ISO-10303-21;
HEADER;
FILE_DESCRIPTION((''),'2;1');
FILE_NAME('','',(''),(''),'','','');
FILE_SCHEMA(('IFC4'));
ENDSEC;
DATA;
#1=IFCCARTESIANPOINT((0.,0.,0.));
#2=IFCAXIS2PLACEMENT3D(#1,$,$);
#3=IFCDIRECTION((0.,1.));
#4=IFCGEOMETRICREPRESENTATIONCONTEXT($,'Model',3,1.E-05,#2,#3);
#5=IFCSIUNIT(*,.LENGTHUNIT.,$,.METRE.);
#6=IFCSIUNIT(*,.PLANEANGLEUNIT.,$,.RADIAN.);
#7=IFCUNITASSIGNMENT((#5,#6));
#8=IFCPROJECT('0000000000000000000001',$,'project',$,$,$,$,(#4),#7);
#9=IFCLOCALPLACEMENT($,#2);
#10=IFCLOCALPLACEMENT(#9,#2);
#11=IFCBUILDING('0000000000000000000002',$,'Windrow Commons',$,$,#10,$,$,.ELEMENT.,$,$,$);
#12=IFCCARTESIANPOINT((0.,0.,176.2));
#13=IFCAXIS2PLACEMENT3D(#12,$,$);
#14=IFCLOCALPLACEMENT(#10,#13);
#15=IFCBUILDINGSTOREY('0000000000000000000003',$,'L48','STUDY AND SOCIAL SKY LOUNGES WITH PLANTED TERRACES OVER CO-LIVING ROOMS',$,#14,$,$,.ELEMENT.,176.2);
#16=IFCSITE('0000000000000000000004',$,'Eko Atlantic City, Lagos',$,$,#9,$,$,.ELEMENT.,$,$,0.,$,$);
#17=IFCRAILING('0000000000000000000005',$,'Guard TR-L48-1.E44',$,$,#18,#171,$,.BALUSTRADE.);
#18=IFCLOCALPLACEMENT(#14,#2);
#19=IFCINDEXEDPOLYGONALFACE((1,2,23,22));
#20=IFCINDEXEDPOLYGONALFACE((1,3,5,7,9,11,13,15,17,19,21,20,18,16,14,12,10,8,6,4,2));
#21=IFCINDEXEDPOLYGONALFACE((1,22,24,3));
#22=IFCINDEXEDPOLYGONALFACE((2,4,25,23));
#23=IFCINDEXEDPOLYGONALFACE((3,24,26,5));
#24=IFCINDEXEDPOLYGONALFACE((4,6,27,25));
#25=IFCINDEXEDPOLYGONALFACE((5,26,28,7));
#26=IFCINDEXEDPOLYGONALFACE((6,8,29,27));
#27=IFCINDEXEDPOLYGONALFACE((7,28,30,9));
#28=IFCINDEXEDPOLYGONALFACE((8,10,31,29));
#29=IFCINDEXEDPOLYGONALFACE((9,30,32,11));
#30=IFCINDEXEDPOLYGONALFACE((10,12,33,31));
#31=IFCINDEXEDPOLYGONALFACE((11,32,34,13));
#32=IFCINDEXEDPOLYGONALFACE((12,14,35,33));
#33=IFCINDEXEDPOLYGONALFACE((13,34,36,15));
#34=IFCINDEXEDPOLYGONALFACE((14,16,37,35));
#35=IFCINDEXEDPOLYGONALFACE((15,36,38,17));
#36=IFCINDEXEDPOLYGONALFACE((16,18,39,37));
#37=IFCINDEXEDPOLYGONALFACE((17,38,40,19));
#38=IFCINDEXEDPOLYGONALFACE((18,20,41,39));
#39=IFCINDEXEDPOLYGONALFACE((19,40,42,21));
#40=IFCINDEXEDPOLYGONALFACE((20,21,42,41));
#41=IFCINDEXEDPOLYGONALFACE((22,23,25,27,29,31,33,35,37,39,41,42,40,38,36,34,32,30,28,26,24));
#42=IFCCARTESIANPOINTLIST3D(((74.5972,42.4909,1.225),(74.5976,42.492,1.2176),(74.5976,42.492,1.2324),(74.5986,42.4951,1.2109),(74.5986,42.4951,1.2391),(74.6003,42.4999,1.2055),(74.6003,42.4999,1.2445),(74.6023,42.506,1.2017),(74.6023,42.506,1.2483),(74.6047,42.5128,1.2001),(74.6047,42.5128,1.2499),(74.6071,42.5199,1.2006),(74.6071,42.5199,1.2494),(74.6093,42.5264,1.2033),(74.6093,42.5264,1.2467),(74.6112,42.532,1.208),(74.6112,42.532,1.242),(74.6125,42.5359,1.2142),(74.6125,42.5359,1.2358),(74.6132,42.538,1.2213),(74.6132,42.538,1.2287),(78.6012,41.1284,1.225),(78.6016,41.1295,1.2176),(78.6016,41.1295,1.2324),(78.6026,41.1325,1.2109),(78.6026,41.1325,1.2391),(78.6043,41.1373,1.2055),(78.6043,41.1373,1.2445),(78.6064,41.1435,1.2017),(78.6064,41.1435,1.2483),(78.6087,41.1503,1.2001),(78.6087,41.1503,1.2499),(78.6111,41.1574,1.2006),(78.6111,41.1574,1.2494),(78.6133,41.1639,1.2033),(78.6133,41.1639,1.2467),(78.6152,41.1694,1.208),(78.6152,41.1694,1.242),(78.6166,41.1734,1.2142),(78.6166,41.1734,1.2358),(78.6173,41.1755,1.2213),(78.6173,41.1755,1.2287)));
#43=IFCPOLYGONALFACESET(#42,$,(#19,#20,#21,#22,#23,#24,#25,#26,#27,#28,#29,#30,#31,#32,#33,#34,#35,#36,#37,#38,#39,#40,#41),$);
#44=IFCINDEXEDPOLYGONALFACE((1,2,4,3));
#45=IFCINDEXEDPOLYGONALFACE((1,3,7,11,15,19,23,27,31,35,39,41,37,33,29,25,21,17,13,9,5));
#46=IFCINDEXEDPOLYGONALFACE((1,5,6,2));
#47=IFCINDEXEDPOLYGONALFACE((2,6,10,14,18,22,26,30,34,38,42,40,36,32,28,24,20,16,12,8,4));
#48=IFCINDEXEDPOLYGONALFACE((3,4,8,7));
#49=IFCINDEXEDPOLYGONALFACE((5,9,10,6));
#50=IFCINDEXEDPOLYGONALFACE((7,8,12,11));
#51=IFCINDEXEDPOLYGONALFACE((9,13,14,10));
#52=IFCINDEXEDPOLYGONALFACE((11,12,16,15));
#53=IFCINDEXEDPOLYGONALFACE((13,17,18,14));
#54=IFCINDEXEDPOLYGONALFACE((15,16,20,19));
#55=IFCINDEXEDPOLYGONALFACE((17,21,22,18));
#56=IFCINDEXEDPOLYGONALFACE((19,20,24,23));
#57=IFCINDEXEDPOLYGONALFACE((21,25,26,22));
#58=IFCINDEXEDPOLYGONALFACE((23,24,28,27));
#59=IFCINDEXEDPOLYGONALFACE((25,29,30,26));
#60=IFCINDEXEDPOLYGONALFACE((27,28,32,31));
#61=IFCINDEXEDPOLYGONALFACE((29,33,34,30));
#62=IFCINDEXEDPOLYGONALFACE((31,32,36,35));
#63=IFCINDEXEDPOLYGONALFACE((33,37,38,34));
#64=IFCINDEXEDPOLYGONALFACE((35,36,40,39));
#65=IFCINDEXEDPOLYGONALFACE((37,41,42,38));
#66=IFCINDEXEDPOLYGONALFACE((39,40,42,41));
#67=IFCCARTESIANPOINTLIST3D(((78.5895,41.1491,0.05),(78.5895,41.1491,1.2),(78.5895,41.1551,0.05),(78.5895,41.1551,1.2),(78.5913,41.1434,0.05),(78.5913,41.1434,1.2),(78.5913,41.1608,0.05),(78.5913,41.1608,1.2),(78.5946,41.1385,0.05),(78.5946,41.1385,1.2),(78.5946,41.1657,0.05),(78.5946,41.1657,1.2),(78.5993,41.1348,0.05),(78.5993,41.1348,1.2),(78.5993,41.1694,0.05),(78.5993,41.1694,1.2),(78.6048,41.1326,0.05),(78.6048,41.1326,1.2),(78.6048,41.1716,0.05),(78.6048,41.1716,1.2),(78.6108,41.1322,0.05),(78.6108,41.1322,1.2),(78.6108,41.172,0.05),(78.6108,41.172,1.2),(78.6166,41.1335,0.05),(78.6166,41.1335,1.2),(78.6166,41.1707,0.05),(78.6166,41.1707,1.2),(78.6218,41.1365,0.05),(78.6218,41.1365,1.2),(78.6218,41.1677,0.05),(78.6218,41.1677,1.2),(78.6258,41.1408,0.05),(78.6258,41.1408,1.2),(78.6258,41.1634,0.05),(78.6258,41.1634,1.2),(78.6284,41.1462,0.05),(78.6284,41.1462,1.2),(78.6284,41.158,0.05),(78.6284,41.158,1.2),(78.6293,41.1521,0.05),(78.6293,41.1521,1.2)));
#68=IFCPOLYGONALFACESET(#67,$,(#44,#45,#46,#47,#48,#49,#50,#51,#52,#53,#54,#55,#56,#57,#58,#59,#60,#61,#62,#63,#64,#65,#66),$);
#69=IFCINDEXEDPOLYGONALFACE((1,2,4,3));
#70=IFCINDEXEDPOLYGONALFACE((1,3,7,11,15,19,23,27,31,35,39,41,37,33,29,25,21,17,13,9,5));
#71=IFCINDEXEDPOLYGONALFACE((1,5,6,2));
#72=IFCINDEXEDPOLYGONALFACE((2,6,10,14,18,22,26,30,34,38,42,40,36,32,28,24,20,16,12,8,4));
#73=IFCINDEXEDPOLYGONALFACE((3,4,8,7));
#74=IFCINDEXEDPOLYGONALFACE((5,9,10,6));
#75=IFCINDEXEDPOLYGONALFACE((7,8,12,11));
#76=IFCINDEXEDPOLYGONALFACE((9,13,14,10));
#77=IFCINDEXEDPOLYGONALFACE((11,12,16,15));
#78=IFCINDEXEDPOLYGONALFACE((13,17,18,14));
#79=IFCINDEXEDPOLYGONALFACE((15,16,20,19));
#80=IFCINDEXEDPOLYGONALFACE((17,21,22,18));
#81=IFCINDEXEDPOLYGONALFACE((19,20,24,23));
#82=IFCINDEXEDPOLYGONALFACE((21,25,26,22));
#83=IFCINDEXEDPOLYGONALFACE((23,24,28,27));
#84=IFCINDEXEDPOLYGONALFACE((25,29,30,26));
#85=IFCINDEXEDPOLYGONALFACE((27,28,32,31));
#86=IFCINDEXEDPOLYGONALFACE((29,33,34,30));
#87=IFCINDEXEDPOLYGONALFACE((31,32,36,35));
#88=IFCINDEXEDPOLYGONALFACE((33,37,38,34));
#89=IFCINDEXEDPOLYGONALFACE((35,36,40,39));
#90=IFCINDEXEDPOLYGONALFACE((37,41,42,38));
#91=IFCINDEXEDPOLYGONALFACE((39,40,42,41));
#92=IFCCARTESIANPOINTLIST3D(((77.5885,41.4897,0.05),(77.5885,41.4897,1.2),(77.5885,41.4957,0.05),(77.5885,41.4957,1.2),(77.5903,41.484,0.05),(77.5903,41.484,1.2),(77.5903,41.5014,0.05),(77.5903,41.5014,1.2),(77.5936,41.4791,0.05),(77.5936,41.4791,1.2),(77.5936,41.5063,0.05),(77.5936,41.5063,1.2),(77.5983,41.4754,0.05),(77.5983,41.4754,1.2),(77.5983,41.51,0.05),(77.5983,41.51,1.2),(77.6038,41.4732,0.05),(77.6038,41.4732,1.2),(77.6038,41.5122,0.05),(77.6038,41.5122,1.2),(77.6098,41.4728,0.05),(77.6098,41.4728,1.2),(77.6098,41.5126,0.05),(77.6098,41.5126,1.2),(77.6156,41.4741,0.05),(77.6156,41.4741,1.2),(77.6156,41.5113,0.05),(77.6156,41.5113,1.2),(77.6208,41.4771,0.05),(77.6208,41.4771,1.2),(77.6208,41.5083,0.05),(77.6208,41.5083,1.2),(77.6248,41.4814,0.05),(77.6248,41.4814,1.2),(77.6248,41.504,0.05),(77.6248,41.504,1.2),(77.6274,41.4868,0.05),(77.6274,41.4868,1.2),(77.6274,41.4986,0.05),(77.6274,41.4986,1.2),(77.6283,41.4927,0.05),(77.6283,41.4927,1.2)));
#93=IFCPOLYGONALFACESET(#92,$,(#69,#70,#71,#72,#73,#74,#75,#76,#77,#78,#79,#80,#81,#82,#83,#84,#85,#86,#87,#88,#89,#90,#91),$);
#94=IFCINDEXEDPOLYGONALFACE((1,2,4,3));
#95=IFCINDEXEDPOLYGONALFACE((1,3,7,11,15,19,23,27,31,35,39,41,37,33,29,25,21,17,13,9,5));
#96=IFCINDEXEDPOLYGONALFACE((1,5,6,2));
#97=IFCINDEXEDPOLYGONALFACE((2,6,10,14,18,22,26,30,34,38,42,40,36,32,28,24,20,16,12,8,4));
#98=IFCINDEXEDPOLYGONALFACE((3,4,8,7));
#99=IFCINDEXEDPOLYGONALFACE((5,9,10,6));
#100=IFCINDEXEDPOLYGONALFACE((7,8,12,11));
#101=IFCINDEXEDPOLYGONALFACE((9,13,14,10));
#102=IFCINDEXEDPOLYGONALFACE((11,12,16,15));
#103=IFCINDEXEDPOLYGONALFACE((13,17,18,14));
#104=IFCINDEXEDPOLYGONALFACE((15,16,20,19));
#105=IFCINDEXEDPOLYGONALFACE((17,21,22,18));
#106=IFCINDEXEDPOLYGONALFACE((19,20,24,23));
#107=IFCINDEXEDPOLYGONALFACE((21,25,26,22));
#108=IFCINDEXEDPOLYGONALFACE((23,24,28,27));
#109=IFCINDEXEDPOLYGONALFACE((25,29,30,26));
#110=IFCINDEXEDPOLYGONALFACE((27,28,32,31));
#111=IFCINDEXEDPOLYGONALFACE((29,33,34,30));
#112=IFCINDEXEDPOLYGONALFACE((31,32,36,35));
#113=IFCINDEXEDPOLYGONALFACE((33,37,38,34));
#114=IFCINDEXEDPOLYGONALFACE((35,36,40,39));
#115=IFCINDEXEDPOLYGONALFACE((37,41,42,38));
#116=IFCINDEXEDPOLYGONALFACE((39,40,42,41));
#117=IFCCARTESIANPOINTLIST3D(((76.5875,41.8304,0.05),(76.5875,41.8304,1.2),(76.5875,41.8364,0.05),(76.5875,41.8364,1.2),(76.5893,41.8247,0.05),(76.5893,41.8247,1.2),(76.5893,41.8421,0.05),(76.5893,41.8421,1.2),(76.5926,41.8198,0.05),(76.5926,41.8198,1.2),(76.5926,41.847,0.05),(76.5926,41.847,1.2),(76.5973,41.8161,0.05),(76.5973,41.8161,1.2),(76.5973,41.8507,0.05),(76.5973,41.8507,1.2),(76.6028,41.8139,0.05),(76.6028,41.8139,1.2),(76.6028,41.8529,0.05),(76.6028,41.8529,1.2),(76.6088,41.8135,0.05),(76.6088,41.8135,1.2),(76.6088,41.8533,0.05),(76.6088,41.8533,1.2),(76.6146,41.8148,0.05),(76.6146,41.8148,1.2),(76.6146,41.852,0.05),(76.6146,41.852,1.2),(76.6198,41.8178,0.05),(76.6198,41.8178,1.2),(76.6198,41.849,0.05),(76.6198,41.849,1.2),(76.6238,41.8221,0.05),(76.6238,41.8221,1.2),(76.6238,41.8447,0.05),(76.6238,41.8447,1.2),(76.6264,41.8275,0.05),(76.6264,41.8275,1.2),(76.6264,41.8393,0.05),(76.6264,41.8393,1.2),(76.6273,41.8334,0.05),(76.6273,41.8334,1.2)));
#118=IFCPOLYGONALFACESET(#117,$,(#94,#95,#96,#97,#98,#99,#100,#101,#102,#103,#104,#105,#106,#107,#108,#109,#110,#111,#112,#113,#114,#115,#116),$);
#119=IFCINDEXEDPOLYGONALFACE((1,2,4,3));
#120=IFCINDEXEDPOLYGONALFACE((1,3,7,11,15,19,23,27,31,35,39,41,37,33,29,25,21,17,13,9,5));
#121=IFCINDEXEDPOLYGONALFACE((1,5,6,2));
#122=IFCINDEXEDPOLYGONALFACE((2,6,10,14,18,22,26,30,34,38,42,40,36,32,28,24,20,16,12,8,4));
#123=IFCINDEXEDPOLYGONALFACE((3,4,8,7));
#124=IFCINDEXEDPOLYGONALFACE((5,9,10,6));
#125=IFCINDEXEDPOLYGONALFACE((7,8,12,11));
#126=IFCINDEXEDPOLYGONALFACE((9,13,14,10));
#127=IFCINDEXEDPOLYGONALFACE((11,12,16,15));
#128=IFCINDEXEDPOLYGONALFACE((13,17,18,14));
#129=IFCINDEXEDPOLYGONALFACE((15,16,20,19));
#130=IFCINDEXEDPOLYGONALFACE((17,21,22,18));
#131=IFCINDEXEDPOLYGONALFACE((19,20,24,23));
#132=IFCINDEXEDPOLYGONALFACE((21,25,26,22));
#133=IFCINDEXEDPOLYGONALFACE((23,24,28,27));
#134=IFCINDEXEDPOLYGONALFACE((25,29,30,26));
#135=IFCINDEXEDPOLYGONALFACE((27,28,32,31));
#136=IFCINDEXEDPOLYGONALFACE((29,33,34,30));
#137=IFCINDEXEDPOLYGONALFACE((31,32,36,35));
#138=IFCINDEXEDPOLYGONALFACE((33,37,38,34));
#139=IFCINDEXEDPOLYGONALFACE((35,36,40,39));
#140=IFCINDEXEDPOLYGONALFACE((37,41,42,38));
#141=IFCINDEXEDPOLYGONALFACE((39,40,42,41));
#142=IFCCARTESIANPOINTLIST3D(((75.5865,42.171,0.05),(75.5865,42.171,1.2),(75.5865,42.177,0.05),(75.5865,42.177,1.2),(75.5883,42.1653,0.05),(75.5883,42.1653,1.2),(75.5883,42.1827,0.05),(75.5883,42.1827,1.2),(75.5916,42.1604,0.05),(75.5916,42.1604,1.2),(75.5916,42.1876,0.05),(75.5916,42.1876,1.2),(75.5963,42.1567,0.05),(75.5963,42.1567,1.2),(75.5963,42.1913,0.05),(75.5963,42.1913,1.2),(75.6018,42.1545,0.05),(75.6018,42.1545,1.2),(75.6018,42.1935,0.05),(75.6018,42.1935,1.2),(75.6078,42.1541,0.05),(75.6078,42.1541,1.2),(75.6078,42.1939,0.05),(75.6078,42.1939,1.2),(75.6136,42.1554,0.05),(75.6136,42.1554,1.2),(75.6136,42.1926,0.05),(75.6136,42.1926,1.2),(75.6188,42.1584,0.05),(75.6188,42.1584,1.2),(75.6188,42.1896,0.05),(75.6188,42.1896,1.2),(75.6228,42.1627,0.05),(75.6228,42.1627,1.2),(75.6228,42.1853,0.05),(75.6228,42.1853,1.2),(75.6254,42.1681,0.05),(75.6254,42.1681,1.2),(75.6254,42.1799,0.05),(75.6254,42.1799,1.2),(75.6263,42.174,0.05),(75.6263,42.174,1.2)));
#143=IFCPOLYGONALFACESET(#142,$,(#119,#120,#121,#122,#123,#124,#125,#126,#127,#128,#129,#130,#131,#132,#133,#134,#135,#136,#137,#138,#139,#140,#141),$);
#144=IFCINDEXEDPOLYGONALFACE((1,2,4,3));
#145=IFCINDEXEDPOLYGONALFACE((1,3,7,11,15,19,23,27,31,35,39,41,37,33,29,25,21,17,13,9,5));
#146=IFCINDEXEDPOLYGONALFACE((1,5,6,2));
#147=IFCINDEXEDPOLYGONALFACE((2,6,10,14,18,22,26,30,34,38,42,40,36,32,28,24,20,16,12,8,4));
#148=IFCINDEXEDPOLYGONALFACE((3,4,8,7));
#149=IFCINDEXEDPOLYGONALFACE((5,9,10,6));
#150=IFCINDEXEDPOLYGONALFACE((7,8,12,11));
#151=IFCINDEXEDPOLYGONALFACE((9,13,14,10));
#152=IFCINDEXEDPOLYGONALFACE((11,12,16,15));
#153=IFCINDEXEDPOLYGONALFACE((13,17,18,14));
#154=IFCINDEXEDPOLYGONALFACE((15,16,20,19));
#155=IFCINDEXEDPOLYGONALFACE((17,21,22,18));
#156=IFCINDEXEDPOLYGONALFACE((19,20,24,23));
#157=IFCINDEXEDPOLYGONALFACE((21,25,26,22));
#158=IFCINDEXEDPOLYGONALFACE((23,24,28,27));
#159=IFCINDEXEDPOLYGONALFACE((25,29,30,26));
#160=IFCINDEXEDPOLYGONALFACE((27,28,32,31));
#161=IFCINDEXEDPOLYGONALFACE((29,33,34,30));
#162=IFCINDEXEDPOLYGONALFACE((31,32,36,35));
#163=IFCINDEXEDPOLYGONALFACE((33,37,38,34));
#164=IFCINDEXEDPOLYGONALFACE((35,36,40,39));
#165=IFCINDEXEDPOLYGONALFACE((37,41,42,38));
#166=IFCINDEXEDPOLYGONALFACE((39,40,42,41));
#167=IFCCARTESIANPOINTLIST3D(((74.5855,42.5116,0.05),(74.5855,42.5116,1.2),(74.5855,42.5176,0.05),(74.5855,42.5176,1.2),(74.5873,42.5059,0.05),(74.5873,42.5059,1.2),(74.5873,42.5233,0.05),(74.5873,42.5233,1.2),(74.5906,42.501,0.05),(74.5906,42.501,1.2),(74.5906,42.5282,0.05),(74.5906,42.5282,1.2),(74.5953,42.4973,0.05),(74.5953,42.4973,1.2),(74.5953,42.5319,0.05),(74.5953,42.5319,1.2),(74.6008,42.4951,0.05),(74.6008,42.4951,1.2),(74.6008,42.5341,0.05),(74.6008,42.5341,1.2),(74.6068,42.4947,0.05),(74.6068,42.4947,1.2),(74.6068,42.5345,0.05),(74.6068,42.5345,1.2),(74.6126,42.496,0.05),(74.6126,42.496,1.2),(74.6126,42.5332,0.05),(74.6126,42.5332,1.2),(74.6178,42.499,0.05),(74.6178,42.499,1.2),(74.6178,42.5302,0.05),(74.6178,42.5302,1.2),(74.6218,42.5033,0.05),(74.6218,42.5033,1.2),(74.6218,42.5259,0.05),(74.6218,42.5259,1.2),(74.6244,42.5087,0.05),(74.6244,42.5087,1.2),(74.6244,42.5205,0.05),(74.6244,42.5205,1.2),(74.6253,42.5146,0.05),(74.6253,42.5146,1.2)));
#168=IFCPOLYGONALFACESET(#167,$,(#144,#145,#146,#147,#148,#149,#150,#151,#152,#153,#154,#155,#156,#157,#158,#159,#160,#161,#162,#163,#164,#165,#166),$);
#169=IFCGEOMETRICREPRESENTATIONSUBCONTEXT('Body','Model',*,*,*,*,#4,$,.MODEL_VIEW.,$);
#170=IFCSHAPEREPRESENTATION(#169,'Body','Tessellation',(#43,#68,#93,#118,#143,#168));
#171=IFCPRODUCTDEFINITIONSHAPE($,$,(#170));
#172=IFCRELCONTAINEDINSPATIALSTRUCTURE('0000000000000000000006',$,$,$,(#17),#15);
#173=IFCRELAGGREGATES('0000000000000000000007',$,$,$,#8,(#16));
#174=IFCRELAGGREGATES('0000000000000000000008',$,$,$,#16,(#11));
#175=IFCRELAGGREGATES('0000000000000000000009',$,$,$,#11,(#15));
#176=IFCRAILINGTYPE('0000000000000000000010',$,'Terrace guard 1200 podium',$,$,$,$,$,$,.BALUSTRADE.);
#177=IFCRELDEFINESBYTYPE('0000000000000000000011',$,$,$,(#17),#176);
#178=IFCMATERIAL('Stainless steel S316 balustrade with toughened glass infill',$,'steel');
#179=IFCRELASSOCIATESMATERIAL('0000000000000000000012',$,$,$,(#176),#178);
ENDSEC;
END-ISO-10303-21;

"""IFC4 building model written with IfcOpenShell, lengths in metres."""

from ifc_helpers import new_model, si_unit, direction, frame, origin, origin_2d, place, context, subcontext, project, spatial, circle, extrude, material, type_object, element, save


model = new_model("IFC4")

# Units and contexts
model_context = context("Model", 3, precision=1e-05, world=origin(), true_north=direction((0.0, 1.0)))
body_context = subcontext(model_context, "Body", "Model", "MODEL_VIEW")
ifc_project = project(units=[si_unit("LENGTHUNIT", "METRE"), si_unit("PLANEANGLEUNIT", "RADIAN")], contexts=[model_context])

# Site, building, storey
site_placement = place(None, origin())
site = spatial("IfcSite", under=ifc_project, at=site_placement, Name="Eko Atlantic City, Lagos", CompositionType="ELEMENT", RefElevation=0.0)
building_placement = place(site_placement, origin())
building = spatial("IfcBuilding", under=site, at=building_placement, Name="Windrow Commons", CompositionType="ELEMENT")
storey_placement = place(building_placement, frame((0.0, 0.0, 176.2)))
storey = spatial("IfcBuildingStorey", under=building, at=storey_placement, Name="L48", Description="STUDY AND SOCIAL SKY LOUNGES WITH PLANTED TERRACES OVER CO-LIVING ROOMS", CompositionType="ELEMENT", Elevation=176.2)

# Railing
ifc_material_1 = material(Name="Stainless steel S316 balustrade with toughened glass infill", Category="steel")
railing_type = type_object("IfcRailingType", Name="Terrace guard 1200 podium", PredefinedType="BALUSTRADE", material=ifc_material_1)
railing_1_placement = place(storey_placement, frame((78.6093, 41.1521, 0.05)))
element("IfcRailing", 1, at=railing_1_placement, inside=storey, type_object=railing_type, Name="Guard TR-L48-1.E44", PredefinedType="BALUSTRADE", context=body_context, shape_type="SweptSolid", body=[
    extrude(circle(Radius=0.025, at=origin_2d()), frame((0.0, 0.0, 1.175), z_axis=(-0.946691, 0.322144, 0.0), x_axis=(-0.322144, -0.946691, 0.0)), (0.0, 0.0, 1.0), 4.2295),
    extrude(circle(Radius=0.02, at=origin_2d()), origin(), (0.0, 0.0, 1.0), 1.15),
    extrude(circle(Radius=0.02, at=origin_2d()), frame((-1.001, 0.3406, 0.0)), (0.0, 0.0, 1.0), 1.15),
    extrude(circle(Radius=0.02, at=origin_2d()), frame((-2.002, 0.6813, 0.0)), (0.0, 0.0, 1.0), 1.15),
    extrude(circle(Radius=0.02, at=origin_2d()), frame((-3.003, 1.0219, 0.0)), (0.0, 0.0, 1.0), 1.15),
    extrude(circle(Radius=0.02, at=origin_2d()), frame((-4.004, 1.3625, 0.0)), (0.0, 0.0, 1.0), 1.15),
])

save(model, "model.ifc")
